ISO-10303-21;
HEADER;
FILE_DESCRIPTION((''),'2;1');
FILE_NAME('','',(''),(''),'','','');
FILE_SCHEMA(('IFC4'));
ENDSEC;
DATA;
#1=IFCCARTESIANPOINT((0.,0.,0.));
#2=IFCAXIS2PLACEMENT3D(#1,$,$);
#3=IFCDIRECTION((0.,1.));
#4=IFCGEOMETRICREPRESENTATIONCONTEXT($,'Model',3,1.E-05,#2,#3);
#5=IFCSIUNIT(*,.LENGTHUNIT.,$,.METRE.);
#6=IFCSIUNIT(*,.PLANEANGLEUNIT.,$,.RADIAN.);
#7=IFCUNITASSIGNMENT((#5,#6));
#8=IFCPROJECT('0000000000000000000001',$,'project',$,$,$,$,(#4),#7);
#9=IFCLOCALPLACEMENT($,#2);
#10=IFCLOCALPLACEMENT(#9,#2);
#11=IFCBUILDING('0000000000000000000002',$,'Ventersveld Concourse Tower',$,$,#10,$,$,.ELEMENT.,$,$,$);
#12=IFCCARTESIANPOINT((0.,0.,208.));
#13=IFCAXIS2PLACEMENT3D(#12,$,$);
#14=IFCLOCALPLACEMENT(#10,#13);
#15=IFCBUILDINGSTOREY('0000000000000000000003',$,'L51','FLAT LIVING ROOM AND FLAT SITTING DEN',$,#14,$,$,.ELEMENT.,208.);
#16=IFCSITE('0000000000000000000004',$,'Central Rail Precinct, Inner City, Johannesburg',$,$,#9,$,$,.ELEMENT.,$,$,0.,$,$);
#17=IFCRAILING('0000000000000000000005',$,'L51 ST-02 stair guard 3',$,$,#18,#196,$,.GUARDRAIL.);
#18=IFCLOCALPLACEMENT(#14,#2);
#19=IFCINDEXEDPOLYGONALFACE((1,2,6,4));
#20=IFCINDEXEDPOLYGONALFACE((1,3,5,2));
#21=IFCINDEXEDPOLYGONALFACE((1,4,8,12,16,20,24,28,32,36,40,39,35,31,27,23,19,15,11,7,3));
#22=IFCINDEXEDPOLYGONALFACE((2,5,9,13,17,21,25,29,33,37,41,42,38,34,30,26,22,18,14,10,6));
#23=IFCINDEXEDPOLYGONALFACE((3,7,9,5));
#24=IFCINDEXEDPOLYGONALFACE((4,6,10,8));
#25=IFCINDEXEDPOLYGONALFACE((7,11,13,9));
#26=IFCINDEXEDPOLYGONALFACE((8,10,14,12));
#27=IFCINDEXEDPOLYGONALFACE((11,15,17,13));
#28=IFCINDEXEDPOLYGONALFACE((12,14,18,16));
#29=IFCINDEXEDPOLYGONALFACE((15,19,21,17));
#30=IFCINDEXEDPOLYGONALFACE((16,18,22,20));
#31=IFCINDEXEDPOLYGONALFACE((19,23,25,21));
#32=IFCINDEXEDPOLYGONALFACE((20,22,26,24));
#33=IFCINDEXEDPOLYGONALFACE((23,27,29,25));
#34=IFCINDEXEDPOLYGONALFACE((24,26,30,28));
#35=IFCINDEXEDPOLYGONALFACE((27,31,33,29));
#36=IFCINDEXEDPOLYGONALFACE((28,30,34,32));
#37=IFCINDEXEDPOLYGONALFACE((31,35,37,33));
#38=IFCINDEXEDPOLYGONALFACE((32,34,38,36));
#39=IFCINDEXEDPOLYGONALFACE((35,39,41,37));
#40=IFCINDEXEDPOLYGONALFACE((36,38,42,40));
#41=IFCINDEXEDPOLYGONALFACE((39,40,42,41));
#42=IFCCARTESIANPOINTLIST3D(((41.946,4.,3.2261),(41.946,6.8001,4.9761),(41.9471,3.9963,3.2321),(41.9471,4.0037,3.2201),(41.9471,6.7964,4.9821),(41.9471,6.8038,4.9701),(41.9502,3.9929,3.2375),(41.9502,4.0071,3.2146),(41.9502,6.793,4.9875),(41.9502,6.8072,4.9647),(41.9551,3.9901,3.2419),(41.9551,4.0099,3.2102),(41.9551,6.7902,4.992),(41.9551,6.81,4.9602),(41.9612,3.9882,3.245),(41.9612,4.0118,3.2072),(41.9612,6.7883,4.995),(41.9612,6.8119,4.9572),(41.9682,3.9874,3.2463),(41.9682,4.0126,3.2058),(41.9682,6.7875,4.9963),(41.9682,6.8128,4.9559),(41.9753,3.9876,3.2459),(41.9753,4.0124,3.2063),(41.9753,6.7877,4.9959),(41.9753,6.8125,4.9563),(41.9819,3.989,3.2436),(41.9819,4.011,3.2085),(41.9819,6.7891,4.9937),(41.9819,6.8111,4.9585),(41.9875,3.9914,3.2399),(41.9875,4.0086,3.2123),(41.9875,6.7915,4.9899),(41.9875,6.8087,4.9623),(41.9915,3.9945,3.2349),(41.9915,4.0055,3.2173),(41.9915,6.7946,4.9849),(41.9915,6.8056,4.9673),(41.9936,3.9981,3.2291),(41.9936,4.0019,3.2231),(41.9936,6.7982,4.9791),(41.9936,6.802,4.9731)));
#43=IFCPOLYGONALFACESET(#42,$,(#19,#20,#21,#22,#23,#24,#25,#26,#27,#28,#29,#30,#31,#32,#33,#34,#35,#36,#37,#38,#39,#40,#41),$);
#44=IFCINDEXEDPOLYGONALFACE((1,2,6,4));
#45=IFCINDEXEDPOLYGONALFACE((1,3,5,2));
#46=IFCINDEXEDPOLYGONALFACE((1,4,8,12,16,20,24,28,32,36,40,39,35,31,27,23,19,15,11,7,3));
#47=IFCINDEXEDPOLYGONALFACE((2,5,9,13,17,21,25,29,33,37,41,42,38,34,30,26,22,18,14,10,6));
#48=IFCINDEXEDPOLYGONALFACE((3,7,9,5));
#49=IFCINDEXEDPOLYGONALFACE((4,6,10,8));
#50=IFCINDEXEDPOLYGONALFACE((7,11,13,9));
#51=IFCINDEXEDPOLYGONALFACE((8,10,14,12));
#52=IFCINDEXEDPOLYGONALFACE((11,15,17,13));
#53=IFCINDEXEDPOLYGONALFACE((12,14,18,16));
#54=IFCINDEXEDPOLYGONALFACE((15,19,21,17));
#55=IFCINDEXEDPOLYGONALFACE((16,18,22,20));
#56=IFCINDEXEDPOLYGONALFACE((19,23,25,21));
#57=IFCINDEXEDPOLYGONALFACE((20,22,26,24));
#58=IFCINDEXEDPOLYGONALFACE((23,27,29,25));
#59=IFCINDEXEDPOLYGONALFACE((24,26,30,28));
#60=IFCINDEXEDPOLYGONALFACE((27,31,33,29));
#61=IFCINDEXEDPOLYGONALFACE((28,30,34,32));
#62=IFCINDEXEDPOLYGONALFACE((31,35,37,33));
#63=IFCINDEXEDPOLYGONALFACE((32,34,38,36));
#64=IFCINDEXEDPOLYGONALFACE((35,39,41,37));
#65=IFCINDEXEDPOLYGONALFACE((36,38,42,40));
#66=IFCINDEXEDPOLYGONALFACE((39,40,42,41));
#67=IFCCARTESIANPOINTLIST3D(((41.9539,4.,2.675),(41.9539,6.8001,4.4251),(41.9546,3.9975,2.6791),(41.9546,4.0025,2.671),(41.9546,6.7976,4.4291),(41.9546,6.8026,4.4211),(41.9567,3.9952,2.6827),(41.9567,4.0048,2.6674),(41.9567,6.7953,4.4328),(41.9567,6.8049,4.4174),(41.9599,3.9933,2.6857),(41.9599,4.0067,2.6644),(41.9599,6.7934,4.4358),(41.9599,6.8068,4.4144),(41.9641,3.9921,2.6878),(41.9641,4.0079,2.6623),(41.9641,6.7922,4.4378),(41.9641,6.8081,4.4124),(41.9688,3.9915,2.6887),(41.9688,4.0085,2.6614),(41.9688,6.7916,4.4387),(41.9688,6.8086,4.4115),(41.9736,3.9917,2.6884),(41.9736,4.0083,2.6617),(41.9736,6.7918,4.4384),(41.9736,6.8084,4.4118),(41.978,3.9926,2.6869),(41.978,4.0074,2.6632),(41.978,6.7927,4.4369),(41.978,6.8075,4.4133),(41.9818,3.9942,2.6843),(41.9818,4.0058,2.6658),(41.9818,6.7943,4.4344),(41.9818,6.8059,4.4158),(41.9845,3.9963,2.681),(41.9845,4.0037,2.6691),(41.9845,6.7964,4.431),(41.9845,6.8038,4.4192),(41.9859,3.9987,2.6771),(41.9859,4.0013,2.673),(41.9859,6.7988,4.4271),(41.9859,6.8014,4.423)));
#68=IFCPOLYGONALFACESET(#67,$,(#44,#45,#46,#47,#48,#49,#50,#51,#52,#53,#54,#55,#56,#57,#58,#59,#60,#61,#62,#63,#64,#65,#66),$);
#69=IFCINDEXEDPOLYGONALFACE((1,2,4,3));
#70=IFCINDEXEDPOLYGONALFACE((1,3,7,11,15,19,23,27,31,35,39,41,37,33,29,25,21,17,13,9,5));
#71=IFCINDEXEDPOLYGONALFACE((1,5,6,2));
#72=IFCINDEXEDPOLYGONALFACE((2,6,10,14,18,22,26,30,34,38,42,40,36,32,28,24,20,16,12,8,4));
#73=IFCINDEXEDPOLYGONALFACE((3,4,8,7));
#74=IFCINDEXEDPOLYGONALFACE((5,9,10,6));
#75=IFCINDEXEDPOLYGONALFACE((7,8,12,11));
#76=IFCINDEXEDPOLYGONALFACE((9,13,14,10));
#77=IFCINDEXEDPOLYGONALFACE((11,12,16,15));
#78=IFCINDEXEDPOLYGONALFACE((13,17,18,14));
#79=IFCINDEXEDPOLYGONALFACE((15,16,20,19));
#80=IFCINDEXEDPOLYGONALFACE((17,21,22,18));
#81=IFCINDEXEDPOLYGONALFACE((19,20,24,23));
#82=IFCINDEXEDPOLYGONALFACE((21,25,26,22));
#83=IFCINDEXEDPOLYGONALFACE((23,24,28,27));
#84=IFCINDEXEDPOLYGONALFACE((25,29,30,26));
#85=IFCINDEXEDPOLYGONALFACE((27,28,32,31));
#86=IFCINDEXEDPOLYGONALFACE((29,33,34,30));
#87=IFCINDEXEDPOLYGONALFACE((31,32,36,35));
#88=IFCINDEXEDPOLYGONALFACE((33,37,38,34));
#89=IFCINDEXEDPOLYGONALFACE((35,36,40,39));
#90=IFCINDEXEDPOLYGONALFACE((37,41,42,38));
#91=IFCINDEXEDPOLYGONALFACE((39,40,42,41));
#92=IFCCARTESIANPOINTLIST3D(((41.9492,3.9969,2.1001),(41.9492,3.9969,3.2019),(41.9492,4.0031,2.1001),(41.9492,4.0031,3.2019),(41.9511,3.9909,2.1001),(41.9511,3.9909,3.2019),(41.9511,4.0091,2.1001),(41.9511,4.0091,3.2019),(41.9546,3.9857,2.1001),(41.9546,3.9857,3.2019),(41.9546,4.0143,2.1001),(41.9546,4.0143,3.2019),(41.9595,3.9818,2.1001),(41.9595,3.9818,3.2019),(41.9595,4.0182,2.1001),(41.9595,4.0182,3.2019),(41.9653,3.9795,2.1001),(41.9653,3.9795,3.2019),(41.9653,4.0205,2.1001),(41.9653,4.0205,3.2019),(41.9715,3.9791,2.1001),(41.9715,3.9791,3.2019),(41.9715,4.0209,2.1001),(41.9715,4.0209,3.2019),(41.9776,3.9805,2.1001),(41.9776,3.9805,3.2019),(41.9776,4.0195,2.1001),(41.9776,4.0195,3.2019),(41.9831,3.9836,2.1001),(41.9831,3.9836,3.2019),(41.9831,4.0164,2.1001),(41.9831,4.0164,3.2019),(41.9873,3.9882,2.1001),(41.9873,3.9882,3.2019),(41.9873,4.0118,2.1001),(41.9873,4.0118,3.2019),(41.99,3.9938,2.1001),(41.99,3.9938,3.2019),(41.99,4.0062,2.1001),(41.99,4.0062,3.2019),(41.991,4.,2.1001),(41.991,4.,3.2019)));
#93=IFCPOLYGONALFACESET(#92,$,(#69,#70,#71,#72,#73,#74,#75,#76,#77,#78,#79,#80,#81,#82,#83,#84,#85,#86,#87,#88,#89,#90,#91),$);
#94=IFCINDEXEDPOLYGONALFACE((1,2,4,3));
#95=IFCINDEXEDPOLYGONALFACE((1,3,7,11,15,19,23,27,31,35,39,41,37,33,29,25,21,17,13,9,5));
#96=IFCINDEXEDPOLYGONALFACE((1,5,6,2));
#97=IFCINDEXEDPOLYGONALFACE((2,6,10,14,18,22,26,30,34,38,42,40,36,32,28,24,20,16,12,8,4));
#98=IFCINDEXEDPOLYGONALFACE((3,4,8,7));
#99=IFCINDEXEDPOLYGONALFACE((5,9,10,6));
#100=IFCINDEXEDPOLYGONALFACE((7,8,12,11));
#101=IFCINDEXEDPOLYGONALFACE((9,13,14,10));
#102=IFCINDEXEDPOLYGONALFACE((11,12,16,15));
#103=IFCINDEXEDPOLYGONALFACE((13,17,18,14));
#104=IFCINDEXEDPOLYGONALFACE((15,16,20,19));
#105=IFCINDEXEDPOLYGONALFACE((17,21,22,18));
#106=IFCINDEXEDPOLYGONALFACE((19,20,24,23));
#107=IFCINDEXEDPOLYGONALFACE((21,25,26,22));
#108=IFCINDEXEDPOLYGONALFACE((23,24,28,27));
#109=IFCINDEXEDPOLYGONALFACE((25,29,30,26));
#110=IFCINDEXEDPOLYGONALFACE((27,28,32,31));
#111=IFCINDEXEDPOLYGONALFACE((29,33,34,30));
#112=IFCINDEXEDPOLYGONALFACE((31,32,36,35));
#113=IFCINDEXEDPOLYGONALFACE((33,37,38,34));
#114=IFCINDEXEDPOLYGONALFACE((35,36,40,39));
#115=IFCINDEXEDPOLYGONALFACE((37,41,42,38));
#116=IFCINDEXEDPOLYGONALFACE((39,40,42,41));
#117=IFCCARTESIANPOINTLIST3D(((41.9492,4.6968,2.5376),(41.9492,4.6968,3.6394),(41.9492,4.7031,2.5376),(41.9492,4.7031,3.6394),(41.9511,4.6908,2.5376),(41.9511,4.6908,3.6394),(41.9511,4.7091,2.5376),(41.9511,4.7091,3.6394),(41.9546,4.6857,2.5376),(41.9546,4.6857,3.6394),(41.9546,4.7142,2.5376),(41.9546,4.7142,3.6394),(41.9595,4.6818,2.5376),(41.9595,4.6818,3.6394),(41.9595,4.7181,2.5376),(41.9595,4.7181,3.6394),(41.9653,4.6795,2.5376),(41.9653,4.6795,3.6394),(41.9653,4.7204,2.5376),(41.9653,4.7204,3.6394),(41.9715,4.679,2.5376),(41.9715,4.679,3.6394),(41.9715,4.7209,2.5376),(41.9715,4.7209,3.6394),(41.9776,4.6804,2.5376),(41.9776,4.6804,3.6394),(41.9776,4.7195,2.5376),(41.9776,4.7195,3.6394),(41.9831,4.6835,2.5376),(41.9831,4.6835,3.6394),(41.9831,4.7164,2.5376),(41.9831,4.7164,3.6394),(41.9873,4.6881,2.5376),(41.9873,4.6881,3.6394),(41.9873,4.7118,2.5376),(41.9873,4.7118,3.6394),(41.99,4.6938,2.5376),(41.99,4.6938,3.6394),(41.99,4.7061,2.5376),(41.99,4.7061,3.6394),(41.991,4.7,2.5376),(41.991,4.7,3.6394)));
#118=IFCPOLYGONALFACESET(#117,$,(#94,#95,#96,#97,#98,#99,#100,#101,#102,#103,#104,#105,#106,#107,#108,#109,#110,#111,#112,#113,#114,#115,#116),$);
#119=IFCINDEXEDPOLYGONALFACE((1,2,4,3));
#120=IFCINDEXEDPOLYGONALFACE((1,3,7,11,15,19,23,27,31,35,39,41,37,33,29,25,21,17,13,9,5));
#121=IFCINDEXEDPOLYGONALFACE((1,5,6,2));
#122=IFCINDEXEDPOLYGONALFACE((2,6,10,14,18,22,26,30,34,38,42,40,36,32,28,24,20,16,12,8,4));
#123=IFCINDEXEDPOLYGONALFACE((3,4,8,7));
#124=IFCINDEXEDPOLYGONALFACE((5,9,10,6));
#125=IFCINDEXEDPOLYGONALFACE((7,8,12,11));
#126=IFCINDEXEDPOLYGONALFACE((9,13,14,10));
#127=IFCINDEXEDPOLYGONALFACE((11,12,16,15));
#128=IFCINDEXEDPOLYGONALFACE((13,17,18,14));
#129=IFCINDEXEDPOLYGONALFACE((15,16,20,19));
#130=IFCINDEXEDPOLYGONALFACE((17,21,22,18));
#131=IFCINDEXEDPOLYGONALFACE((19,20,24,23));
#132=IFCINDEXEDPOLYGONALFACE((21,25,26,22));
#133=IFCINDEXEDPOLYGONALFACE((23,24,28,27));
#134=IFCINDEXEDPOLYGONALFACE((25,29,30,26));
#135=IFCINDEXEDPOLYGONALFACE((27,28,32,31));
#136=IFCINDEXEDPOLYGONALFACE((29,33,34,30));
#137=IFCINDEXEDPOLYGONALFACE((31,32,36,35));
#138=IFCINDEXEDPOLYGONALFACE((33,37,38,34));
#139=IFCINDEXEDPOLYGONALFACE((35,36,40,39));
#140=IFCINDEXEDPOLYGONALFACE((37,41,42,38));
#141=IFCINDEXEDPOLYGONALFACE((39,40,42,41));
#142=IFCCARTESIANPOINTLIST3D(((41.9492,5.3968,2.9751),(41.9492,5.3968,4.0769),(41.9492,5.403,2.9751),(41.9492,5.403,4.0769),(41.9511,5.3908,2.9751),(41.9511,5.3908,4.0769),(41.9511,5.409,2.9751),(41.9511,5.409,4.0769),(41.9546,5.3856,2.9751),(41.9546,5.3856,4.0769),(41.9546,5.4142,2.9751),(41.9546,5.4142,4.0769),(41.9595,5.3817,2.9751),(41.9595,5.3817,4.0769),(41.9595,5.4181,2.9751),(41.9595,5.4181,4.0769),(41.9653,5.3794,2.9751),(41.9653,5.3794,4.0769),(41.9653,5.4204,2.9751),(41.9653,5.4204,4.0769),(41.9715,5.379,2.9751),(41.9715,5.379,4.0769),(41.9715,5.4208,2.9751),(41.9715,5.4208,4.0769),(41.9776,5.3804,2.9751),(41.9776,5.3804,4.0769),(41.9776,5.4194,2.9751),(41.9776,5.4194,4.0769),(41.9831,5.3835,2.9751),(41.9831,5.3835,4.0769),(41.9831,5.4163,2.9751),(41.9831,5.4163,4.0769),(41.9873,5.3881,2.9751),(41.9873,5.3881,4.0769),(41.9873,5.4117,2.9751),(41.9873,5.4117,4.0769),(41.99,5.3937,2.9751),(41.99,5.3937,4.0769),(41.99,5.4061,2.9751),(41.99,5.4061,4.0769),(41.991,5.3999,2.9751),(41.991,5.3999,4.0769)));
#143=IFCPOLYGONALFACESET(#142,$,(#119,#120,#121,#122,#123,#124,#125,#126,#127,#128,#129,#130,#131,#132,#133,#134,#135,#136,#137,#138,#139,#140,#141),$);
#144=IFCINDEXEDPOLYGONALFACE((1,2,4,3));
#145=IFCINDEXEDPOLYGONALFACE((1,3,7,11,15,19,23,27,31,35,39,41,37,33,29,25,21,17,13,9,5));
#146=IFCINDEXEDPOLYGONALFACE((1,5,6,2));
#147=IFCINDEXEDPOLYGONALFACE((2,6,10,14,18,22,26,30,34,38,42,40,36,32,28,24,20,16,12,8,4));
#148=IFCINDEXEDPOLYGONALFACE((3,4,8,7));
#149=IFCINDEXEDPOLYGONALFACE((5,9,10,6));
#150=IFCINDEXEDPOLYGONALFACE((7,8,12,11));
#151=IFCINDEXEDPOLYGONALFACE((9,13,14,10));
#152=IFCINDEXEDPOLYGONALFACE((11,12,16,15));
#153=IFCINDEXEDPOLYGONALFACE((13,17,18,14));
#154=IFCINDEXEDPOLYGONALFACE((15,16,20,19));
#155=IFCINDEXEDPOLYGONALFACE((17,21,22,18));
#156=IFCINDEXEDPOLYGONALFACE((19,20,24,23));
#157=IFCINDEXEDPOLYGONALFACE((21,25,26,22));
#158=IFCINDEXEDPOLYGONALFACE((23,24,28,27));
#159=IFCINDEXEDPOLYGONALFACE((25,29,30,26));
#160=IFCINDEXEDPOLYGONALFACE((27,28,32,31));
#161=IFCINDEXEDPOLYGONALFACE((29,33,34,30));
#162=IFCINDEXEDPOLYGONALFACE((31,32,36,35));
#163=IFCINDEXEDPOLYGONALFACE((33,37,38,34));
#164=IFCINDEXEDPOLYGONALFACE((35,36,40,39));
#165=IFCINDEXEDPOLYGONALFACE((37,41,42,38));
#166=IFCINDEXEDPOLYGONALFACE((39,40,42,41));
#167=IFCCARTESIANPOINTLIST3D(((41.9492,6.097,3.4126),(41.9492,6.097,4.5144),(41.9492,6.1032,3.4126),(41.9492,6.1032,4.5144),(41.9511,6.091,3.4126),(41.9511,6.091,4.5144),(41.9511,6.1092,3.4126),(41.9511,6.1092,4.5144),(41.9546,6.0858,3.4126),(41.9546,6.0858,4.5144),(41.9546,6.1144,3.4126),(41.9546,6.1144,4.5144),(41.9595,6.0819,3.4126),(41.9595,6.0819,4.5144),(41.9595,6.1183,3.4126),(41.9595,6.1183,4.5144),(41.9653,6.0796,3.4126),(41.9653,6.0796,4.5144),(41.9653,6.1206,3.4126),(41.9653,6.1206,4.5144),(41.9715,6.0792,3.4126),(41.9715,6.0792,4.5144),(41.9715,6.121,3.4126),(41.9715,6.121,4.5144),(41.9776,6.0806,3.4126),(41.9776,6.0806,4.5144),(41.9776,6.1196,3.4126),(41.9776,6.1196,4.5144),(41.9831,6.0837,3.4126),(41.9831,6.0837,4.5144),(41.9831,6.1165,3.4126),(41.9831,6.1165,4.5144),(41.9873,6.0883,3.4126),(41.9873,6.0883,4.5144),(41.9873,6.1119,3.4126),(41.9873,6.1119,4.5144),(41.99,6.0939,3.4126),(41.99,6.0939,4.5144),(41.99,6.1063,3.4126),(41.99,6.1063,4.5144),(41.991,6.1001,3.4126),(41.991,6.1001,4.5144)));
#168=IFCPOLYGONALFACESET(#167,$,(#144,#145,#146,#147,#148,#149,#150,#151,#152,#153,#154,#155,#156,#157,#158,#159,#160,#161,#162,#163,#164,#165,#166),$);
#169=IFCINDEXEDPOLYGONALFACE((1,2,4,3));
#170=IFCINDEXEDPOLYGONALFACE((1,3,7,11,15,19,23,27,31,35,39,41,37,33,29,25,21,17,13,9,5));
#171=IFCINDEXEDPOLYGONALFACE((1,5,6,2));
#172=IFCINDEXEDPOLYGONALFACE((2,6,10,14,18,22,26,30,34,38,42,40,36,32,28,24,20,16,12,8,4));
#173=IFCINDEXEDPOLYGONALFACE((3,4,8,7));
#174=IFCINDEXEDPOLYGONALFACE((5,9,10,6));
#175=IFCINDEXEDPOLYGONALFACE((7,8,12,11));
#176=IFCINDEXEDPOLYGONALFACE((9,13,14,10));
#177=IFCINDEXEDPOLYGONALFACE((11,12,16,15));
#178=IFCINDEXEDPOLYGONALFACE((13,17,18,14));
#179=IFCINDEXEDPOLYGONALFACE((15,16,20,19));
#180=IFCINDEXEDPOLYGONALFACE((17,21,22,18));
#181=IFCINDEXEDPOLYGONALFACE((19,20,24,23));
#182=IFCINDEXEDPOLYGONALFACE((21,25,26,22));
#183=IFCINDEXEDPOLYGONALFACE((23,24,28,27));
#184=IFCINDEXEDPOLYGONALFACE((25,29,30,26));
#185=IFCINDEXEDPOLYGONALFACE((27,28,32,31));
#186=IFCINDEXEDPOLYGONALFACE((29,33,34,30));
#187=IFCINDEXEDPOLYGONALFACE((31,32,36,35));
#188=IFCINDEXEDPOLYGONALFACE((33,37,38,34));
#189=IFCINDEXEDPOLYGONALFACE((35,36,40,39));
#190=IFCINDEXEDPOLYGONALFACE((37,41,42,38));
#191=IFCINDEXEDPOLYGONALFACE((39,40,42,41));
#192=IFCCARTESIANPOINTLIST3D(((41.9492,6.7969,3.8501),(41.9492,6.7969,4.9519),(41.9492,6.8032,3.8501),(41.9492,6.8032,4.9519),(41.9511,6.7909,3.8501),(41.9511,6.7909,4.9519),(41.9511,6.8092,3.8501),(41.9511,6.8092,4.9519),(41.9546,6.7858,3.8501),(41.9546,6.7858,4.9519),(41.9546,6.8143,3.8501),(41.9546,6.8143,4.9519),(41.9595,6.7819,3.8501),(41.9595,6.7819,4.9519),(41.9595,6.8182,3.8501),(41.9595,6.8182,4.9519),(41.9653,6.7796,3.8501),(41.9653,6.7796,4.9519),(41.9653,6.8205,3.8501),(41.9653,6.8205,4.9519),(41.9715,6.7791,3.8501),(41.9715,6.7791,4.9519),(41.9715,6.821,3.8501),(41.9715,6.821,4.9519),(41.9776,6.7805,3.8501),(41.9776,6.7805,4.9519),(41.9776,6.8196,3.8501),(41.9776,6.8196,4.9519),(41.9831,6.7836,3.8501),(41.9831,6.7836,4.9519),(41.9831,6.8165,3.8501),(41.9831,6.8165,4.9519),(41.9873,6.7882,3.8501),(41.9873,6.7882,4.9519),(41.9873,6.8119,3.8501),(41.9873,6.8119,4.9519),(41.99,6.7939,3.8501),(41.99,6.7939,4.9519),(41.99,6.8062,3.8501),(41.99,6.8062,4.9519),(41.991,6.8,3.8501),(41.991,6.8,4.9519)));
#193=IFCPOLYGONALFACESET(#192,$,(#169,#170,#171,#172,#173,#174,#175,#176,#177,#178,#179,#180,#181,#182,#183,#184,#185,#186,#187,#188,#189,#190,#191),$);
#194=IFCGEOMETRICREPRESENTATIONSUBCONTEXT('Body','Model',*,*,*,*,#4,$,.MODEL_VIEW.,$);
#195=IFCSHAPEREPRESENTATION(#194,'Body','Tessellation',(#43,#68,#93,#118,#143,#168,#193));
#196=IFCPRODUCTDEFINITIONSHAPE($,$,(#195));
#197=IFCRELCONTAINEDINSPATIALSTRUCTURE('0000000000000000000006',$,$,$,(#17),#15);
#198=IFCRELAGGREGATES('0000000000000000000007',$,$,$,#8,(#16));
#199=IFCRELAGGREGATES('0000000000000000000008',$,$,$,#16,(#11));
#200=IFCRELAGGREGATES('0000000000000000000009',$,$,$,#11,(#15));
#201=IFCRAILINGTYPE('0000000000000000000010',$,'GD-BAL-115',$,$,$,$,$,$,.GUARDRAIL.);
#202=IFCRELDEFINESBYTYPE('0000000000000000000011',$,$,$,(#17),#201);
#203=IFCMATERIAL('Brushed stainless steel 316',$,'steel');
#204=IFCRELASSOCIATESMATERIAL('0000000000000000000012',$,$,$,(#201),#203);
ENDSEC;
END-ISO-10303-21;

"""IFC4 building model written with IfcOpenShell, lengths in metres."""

from ifc_helpers import new_model, si_unit, direction, frame, origin, origin_2d, place, context, subcontext, project, spatial, circle, extrude, material, type_object, element, save


model = new_model("IFC4")

# Units and contexts
model_context = context("Model", 3, precision=1e-05, world=origin(), true_north=direction((0.0, 1.0)))
body_context = subcontext(model_context, "Body", "Model", "MODEL_VIEW")
ifc_project = project(units=[si_unit("LENGTHUNIT", "METRE"), si_unit("PLANEANGLEUNIT", "RADIAN")], contexts=[model_context])

# Site, building, storey
site_placement = place(None, origin())
site = spatial("IfcSite", under=ifc_project, at=site_placement, Name="Central Rail Precinct, Inner City, Johannesburg", CompositionType="ELEMENT", RefElevation=0.0)
building_placement = place(site_placement, origin())
building = spatial("IfcBuilding", under=site, at=building_placement, Name="Ventersveld Concourse Tower", CompositionType="ELEMENT")
storey_placement = place(building_placement, frame((0.0, 0.0, 208.0)))
storey = spatial("IfcBuildingStorey", under=building, at=storey_placement, Name="L51", Description="FLAT LIVING ROOM AND FLAT SITTING DEN", CompositionType="ELEMENT", Elevation=208.0)

# Railing
ifc_material_1 = material(Name="Brushed stainless steel 316", Category="steel")
railing_type_1 = type_object("IfcRailingType", Name="GD-BAL-115", PredefinedType="GUARDRAIL", material=ifc_material_1)
railing_1_placement = place(storey_placement, frame((41.97, 4.0, 2.1001)))
element("IfcRailing", 1, at=railing_1_placement, inside=storey, type_object=railing_type_1, Name="L51 ST-02 stair guard 3", PredefinedType="GUARDRAIL", context=body_context, shape_type="SweptSolid", body=[
    extrude(circle(Radius=0.0239, at=origin_2d()), frame((0.0, 0.0, 1.126), z_axis=(0.0, 0.848002, 0.529992), x_axis=(-1.0, 0.0, 0.0)), (0.0, 0.0, 1.0), 3.302),
    extrude(circle(Radius=0.0161, at=origin_2d()), frame((0.0, 0.0, 0.575), z_axis=(0.0, 0.848002, 0.529992), x_axis=(-1.0, 0.0, 0.0)), (0.0, 0.0, 1.0), 3.302),
    extrude(circle(Radius=0.021, at=origin_2d()), origin(), (0.0, 0.0, 1.0), 1.1018),
    extrude(circle(Radius=0.021, at=origin_2d()), frame((0.0, 0.7, 0.4375)), (0.0, 0.0, 1.0), 1.1018),
    extrude(circle(Radius=0.021, at=origin_2d()), frame((0.0, 1.3999, 0.875)), (0.0, 0.0, 1.0), 1.1018),
    extrude(circle(Radius=0.021, at=origin_2d()), frame((0.0, 2.1001, 1.3125)), (0.0, 0.0, 1.0), 1.1018),
    extrude(circle(Radius=0.021, at=origin_2d()), frame((0.0, 2.8, 1.75)), (0.0, 0.0, 1.0), 1.1018),
])

save(model, "model.ifc")
